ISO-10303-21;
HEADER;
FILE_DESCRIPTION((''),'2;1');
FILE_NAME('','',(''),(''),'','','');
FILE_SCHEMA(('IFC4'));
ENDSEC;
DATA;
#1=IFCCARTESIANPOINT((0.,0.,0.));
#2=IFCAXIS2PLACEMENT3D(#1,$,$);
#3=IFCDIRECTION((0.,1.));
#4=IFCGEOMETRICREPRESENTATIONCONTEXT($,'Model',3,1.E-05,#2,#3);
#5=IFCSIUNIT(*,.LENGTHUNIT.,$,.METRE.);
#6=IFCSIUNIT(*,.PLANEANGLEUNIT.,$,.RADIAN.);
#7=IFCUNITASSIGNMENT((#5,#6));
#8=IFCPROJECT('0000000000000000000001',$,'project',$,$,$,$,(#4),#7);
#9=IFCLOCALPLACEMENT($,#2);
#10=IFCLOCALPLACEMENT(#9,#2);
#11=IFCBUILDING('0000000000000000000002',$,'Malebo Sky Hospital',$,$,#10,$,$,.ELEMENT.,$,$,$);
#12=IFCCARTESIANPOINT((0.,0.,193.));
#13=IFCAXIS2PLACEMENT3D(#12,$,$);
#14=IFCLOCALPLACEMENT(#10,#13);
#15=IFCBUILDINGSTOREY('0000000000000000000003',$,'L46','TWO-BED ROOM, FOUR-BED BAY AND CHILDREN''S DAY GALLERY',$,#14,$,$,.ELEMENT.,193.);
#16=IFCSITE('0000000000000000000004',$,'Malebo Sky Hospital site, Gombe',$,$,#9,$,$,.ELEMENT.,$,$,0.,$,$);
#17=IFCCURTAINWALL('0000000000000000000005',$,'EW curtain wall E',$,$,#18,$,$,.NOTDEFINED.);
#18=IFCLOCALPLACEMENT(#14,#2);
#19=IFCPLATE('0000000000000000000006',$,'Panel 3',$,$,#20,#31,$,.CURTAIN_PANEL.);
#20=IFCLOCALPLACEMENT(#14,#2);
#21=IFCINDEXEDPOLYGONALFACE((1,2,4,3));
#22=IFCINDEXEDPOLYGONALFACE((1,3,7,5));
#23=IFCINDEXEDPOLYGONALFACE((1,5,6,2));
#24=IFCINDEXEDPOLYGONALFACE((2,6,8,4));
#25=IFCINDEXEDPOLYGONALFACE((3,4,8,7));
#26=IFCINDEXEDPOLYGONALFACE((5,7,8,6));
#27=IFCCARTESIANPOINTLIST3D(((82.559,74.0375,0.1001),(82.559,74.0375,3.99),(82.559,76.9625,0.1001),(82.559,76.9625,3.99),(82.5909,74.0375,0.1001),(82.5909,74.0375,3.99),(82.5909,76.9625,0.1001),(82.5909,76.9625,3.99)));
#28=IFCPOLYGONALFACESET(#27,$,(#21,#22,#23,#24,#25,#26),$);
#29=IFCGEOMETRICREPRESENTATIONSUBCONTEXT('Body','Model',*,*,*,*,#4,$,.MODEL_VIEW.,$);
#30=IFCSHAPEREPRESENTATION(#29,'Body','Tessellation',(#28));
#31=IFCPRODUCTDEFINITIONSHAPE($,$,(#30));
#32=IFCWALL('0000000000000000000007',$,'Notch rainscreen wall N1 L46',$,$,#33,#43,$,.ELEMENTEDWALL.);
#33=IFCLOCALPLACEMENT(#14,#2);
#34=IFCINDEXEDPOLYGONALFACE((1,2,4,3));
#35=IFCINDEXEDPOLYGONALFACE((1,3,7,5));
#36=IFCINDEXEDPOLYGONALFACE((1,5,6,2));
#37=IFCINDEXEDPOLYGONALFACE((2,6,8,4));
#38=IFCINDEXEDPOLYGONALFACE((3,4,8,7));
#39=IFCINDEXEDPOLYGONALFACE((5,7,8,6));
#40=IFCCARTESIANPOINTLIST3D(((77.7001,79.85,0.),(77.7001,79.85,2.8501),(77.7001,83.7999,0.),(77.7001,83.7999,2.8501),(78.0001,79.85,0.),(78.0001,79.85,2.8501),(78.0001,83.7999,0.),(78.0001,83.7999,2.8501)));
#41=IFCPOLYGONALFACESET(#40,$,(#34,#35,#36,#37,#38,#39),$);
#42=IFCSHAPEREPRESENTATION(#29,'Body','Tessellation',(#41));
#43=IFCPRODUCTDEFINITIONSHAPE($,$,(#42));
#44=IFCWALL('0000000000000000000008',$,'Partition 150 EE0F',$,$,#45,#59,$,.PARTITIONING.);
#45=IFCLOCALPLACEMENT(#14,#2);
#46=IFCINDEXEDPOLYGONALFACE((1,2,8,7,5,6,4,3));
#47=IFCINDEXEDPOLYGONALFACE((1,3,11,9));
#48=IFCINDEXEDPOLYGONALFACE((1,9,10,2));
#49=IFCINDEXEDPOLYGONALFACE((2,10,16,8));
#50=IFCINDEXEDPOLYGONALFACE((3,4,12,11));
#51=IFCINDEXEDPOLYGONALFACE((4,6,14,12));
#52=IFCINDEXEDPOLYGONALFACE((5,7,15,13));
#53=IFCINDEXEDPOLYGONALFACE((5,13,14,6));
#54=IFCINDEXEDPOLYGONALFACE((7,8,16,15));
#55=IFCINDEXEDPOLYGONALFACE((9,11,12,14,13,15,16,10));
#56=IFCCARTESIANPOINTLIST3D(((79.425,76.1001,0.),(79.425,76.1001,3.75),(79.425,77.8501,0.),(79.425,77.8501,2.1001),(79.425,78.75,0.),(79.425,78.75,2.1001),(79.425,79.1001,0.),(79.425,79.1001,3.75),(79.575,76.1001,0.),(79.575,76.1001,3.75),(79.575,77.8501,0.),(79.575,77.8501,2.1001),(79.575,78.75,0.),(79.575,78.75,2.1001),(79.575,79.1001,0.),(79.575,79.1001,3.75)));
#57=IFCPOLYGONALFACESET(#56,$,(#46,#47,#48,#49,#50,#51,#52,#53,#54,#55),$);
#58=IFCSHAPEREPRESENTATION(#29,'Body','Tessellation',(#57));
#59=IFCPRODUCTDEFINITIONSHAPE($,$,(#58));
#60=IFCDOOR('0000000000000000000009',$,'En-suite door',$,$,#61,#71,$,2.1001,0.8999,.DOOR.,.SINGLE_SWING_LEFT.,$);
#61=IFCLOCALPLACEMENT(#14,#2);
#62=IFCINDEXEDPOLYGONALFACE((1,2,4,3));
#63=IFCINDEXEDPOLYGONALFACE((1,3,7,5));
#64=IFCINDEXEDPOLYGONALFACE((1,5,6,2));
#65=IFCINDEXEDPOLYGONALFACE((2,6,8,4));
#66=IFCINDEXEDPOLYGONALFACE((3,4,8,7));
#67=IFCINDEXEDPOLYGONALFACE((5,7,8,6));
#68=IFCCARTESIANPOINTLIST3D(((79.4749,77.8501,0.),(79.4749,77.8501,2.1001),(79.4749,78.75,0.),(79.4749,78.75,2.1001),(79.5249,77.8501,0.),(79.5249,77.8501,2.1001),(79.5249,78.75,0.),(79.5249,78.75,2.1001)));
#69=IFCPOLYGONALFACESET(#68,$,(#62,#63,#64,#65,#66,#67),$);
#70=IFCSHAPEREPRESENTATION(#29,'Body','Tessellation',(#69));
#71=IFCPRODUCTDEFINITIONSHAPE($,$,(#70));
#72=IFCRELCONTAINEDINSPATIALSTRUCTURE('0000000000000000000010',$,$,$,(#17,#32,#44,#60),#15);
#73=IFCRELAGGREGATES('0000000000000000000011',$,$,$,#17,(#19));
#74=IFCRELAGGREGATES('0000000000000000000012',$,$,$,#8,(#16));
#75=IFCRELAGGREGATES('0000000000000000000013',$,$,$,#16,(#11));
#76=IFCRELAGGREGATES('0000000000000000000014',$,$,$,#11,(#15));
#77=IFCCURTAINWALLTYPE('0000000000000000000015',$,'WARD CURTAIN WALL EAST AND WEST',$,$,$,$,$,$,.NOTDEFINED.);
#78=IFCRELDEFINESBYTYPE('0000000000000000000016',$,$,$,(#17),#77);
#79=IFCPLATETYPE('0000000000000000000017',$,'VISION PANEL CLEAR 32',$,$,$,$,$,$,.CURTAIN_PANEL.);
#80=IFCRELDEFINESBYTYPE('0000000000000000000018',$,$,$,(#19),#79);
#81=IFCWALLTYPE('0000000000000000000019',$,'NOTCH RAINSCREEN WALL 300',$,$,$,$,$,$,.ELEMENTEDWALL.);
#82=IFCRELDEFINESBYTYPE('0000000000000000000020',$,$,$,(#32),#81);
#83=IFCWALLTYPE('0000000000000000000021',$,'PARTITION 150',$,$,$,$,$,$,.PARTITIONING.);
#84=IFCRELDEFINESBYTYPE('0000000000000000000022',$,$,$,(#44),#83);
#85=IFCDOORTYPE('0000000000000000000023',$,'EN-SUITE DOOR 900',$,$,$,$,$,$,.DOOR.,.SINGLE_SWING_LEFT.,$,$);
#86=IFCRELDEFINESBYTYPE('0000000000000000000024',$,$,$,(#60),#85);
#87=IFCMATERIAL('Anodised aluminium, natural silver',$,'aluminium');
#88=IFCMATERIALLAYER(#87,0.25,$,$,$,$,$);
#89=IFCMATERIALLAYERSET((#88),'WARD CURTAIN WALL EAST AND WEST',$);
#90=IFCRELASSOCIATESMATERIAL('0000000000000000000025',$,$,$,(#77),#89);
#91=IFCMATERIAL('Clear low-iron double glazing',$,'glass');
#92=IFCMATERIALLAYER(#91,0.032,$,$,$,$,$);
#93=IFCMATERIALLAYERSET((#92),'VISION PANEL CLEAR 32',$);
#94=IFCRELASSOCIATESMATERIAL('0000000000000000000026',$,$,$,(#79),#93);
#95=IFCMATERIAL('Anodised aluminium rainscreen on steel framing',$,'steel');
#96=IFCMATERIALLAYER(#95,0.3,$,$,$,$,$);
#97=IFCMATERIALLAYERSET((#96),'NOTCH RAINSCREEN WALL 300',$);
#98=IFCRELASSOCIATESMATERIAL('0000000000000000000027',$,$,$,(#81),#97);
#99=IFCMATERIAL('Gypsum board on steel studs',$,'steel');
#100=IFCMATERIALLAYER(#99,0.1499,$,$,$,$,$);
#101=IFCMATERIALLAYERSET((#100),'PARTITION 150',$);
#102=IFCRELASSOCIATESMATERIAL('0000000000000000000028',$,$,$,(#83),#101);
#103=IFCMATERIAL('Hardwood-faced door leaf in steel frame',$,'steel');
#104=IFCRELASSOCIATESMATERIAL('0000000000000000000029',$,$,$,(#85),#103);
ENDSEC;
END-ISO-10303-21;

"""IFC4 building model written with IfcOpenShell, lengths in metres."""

from ifc_helpers import new_model, si_unit, direction, frame, frame_2d, origin, origin_2d, place, context, subcontext, project, spatial, rectangle, extrude, material, layer, layer_set, type_object, element, fill, aggregate, save


model = new_model("IFC4")

# Units and contexts
model_context = context("Model", 3, precision=1e-05, world=origin(), true_north=direction((0.0, 1.0)))
body_context = subcontext(model_context, "Body", "Model", "MODEL_VIEW")
ifc_project = project(units=[si_unit("LENGTHUNIT", "METRE"), si_unit("PLANEANGLEUNIT", "RADIAN")], contexts=[model_context])

# Site, building, storey
site_placement = place(None, origin())
site = spatial("IfcSite", under=ifc_project, at=site_placement, Name="Malebo Sky Hospital site, Gombe", CompositionType="ELEMENT", RefElevation=0.0)
building_placement = place(site_placement, origin())
building = spatial("IfcBuilding", under=site, at=building_placement, Name="Malebo Sky Hospital", CompositionType="ELEMENT")
storey_placement = place(building_placement, frame((0.0, 0.0, 193.0)))
storey = spatial("IfcBuildingStorey", under=building, at=storey_placement, Name="L46", Description="TWO-BED ROOM, FOUR-BED BAY AND CHILDREN'S DAY GALLERY", CompositionType="ELEMENT", Elevation=193.0)

# Curtain wall
ifc_material_1 = material(Name="Anodised aluminium, natural silver", Category="aluminium")
ifc_layer_1 = layer(ifc_material_1, 0.25)
ifc_layer_set_1 = layer_set([ifc_layer_1], Name="WARD CURTAIN WALL EAST AND WEST")
curtain_wall_type = type_object("IfcCurtainWallType", Name="WARD CURTAIN WALL EAST AND WEST", PredefinedType="NOTDEFINED", material=ifc_layer_set_1)
curtain_wall_placement = place(storey_placement, origin())
curtain_wall = element("IfcCurtainWall", 1, at=curtain_wall_placement, inside=storey, type_object=curtain_wall_type, Name="EW curtain wall E", PredefinedType="NOTDEFINED")

# Plate
ifc_material_2 = material(Name="Clear low-iron double glazing", Category="glass")
ifc_layer_2 = layer(ifc_material_2, 0.032)
ifc_layer_set_2 = layer_set([ifc_layer_2], Name="VISION PANEL CLEAR 32")
plate_type = type_object("IfcPlateType", Name="VISION PANEL CLEAR 32", PredefinedType="CURTAIN_PANEL", material=ifc_layer_set_2)
plate_1_placement = place(storey_placement, frame((82.575, 75.5, 0.1001), z_axis=(0.0, 0.0, 1.0), x_axis=(0.0, -1.0, 0.0)))
plate_1 = element("IfcPlate", 2, at=plate_1_placement, type_object=plate_type, Name="Panel 3", PredefinedType="CURTAIN_PANEL", context=body_context, shape_type="SweptSolid", body=[
    extrude(rectangle(XDim=2.925, YDim=0.032, at=origin_2d()), origin(), (0.0, 0.0, 1.0), 3.8899),
])
aggregate(curtain_wall, [plate_1])

# Wall
ifc_material_3 = material(Name="Anodised aluminium rainscreen on steel framing", Category="steel")
ifc_layer_3 = layer(ifc_material_3, 0.3)
ifc_layer_set_3 = layer_set([ifc_layer_3], Name="NOTCH RAINSCREEN WALL 300")
wall_type_1 = type_object("IfcWallType", Name="NOTCH RAINSCREEN WALL 300", PredefinedType="ELEMENTEDWALL", material=ifc_layer_set_3)
wall_1_placement = place(storey_placement, frame((77.8501, 83.8, 0.0), z_axis=(0.0, 0.0, 1.0), x_axis=(0.0, -1.0, 0.0)))
element("IfcWall", 3, at=wall_1_placement, inside=storey, type_object=wall_type_1, Name="Notch rainscreen wall N1 L46", PredefinedType="ELEMENTEDWALL", context=body_context, shape_type="SweptSolid", body=[
    extrude(rectangle(XDim=3.95, YDim=0.3, at=frame_2d((1.9751, 0.0))), origin(), (0.0, 0.0, 1.0), 2.8501),
])

# Wall, opening, door
ifc_material_4 = material(Name="Gypsum board on steel studs", Category="steel")
ifc_layer_4 = layer(ifc_material_4, 0.1499)
ifc_layer_set_4 = layer_set([ifc_layer_4], Name="PARTITION 150")
wall_type_2 = type_object("IfcWallType", Name="PARTITION 150", PredefinedType="PARTITIONING", material=ifc_layer_set_4)
wall_2_placement = place(storey_placement, frame((79.5, 79.1001, 0.0), z_axis=(0.0, 0.0, 1.0), x_axis=(0.0, -1.0, 0.0)))
wall_2 = element("IfcWall", 4, at=wall_2_placement, inside=storey, type_object=wall_type_2, Name="Partition 150 EE0F", PredefinedType="PARTITIONING", context=body_context, shape_type="SweptSolid", body=[
    extrude(rectangle(XDim=3.0, YDim=0.1499, at=frame_2d((1.5, 0.0))), origin(), (0.0, 0.0, 1.0), 3.75),
])
opening_placement = place(wall_2_placement, frame((0.3501, 0.0, 0.0)))
opening = element("IfcOpeningElement", 5, at=opening_placement, cuts=wall_2, PredefinedType="OPENING", context=body_context, shape_type="SweptSolid", body=[
    extrude(rectangle(XDim=0.8999, YDim=2.1001, at=frame_2d((0.45, 1.05))), frame((0.0, 0.085, 0.0), z_axis=(0.0, -1.0, 0.0), x_axis=(1.0, 0.0, 0.0)), (0.0, 0.0, 1.0), 0.1699),
])
ifc_material_5 = material(Name="Hardwood-faced door leaf in steel frame", Category="steel")
door_type = type_object("IfcDoorType", Name="EN-SUITE DOOR 900", OperationType="SINGLE_SWING_LEFT", PredefinedType="DOOR", material=ifc_material_5)
door_placement = place(opening_placement, origin())
door = element("IfcDoor", 6, at=door_placement, inside=storey, type_object=door_type, Name="En-suite door", OperationType="SINGLE_SWING_LEFT", OverallHeight=2.1001, OverallWidth=0.8999, PredefinedType="DOOR", context=body_context, shape_type="SweptSolid", body=[
    extrude(rectangle(XDim=0.8999, YDim=2.1001, at=frame_2d((0.45, 1.05))), frame((0.0, 0.0249, 0.0), z_axis=(0.0, -1.0, 0.0), x_axis=(1.0, 0.0, 0.0)), (0.0, 0.0, 1.0), 0.05),
])
fill(opening, door)

save(model, "model.ifc")
